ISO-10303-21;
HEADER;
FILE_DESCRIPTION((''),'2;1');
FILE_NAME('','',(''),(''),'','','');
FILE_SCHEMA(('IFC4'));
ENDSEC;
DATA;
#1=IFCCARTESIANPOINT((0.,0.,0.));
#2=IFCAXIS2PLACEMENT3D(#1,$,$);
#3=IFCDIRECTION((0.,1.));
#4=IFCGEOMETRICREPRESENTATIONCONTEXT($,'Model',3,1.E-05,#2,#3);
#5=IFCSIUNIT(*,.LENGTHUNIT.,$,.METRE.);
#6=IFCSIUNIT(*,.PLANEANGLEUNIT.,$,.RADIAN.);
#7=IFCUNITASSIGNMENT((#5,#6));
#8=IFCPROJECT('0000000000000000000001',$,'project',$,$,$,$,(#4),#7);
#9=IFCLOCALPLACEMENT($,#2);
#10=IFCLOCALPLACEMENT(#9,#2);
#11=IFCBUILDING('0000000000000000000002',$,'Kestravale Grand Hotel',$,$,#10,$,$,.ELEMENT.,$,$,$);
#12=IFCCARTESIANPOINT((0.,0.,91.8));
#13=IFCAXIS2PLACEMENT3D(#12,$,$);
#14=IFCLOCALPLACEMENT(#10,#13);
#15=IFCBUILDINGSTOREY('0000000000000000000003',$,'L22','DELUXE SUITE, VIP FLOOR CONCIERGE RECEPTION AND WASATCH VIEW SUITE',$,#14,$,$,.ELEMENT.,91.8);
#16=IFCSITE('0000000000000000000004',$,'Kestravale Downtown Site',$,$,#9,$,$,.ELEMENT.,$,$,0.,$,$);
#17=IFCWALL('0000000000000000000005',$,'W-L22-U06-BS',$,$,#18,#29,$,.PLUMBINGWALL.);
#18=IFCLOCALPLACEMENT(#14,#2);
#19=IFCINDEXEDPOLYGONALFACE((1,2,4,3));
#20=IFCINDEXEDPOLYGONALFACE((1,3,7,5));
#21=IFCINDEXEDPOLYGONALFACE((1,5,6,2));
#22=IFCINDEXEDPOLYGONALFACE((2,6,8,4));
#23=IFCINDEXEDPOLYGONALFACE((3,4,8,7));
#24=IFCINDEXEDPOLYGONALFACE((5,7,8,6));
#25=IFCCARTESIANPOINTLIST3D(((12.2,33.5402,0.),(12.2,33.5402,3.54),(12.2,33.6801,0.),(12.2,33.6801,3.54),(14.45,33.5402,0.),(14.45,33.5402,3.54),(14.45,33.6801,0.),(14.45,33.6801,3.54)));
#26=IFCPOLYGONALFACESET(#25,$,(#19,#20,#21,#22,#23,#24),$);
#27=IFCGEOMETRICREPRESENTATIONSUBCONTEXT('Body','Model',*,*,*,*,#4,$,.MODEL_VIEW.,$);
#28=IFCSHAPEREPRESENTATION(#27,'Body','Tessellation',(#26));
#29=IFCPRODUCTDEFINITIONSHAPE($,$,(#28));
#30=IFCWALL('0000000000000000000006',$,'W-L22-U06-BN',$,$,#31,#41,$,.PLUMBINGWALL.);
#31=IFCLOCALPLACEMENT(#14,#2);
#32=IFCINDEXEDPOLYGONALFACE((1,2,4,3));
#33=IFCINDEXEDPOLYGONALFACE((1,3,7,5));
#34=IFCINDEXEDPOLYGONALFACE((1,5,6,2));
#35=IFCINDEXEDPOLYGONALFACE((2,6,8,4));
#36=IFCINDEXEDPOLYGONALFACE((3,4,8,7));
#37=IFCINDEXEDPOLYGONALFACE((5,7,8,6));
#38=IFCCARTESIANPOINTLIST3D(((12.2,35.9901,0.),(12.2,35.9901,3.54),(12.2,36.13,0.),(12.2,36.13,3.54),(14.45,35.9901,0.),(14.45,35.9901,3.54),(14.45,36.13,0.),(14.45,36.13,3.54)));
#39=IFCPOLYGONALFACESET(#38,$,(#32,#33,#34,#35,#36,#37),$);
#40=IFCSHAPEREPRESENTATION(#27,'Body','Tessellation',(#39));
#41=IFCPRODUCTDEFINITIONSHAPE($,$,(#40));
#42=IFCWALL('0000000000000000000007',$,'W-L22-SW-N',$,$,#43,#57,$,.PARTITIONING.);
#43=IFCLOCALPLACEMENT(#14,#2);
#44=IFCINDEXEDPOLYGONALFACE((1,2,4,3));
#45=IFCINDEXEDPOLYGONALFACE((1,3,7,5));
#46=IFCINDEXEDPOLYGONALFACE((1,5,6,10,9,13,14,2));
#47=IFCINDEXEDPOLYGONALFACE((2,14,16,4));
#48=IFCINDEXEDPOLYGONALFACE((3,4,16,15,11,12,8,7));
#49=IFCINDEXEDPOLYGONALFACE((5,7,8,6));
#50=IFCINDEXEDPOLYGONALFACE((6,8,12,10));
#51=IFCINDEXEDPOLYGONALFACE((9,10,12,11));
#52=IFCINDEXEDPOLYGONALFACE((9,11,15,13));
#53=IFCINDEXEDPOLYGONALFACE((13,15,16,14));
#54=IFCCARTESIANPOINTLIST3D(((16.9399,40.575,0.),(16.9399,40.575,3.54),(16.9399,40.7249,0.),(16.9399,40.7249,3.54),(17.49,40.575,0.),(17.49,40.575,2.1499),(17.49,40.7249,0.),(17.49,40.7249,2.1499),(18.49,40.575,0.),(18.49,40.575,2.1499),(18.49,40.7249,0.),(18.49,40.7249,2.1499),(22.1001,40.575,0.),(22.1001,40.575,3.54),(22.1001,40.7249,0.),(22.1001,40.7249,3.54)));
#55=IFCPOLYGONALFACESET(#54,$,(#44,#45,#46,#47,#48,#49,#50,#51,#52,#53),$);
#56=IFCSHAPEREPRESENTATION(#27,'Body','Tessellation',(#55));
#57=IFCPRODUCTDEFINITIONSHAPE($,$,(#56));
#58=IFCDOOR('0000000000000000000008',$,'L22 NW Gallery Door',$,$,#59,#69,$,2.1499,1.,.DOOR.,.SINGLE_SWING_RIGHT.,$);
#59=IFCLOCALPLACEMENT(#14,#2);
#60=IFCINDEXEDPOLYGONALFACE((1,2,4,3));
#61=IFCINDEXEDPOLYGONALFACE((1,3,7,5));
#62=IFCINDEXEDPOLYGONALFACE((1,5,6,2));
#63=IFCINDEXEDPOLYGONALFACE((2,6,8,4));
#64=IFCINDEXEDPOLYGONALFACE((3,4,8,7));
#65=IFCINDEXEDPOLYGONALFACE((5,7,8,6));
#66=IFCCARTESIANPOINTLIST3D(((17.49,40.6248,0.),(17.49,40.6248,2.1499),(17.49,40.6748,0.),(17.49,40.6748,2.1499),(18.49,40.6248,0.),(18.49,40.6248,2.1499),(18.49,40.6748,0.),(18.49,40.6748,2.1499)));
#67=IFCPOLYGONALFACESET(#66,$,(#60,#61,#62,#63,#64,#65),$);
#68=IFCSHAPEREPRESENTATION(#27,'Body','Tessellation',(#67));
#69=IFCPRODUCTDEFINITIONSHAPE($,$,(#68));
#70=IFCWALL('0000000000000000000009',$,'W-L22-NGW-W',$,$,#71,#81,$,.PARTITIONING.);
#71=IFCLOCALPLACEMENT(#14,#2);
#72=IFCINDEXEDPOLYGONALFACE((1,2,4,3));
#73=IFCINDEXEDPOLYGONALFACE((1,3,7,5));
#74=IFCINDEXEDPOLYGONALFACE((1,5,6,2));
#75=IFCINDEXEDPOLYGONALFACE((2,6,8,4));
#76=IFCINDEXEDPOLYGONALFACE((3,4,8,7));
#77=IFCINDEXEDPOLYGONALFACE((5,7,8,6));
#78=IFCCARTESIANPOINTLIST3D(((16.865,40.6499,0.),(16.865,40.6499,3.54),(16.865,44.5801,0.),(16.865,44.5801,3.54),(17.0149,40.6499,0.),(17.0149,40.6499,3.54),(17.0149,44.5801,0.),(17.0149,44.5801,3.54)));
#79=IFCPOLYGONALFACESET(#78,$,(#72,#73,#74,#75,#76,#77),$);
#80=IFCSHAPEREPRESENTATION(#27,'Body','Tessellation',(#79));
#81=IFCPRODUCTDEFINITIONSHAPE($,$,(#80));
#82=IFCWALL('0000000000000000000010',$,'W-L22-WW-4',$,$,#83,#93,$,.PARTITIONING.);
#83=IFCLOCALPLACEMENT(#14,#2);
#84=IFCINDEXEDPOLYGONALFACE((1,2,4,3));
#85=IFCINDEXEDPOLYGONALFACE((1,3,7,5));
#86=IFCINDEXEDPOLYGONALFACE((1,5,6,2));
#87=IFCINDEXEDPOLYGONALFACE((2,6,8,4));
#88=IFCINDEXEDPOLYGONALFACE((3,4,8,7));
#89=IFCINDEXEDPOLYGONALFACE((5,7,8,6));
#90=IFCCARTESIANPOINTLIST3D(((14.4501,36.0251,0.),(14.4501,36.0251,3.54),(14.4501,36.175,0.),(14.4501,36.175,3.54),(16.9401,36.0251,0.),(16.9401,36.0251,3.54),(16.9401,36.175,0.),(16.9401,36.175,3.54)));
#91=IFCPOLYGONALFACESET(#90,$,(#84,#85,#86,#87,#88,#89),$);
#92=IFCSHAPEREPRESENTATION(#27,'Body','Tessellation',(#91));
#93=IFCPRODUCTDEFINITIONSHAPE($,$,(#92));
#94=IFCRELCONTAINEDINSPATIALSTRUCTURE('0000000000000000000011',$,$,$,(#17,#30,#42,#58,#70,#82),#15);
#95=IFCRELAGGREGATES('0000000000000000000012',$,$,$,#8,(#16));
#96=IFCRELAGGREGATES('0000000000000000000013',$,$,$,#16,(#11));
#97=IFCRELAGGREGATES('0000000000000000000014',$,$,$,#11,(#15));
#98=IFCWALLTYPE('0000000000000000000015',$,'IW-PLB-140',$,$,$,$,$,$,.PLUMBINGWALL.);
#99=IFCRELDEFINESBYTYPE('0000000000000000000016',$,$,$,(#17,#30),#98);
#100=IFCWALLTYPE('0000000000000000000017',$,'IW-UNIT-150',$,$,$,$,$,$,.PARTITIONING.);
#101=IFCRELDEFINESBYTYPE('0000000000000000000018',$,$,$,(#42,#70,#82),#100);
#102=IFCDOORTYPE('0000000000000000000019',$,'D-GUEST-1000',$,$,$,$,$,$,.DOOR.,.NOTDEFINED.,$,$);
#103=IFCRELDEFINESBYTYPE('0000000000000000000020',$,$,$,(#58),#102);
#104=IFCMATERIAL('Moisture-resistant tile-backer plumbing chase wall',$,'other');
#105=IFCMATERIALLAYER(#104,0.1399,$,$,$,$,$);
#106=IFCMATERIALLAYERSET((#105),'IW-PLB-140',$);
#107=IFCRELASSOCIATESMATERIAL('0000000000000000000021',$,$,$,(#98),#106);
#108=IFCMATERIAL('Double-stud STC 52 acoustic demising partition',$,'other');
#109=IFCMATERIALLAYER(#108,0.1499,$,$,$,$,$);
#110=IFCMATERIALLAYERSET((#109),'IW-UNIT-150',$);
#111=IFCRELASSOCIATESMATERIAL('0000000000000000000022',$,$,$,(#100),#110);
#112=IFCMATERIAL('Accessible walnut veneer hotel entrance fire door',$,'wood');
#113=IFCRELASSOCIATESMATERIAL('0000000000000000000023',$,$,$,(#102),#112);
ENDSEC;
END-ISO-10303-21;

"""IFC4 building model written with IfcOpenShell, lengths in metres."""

from ifc_helpers import new_model, si_unit, direction, frame, frame_2d, origin, place, context, subcontext, project, spatial, rectangle, extrude, material, layer, layer_set, type_object, element, fill, save


model = new_model("IFC4")

# Units and contexts
model_context = context("Model", 3, precision=1e-05, world=origin(), true_north=direction((0.0, 1.0)))
body_context = subcontext(model_context, "Body", "Model", "MODEL_VIEW")
ifc_project = project(units=[si_unit("LENGTHUNIT", "METRE"), si_unit("PLANEANGLEUNIT", "RADIAN")], contexts=[model_context])

# Site, building, storey
site_placement = place(None, origin())
site = spatial("IfcSite", under=ifc_project, at=site_placement, Name="Kestravale Downtown Site", CompositionType="ELEMENT", RefElevation=0.0)
building_placement = place(site_placement, origin())
building = spatial("IfcBuilding", under=site, at=building_placement, Name="Kestravale Grand Hotel", CompositionType="ELEMENT")
storey_placement = place(building_placement, frame((0.0, 0.0, 91.8)))
storey = spatial("IfcBuildingStorey", under=building, at=storey_placement, Name="L22", Description="DELUXE SUITE, VIP FLOOR CONCIERGE RECEPTION AND WASATCH VIEW SUITE", CompositionType="ELEMENT", Elevation=91.8)

# Shared definitions
ifc_material_1 = material(Name="Moisture-resistant tile-backer plumbing chase wall", Category="other")
ifc_layer_1 = layer(ifc_material_1, 0.1399)
ifc_layer_set_1 = layer_set([ifc_layer_1], Name="IW-PLB-140")
wall_type_1 = type_object("IfcWallType", Name="IW-PLB-140", PredefinedType="PLUMBINGWALL", material=ifc_layer_set_1)

# Walls
for number, where, z_axis, x_axis, name in (
    (1, (12.2, 33.6101, 0.0), (0.0, 0.0, 1.0), (1.0, 0.0, 0.0), "W-L22-U06-BS"),
    (2, (12.2, 36.0601, 0.0), (0.0, 0.0, 1.0), (1.0, 0.0, 0.0), "W-L22-U06-BN"),
):
    element("IfcWall", number, at=place(storey_placement, frame(where, z_axis=z_axis, x_axis=x_axis)), inside=storey, type_object=wall_type_1, Name=name, PredefinedType="PLUMBINGWALL", context=body_context, shape_type="SweptSolid", body=[
        extrude(rectangle(XDim=2.25, YDim=0.1399, at=frame_2d((1.125, 0.0))), origin(), (0.0, 0.0, 1.0), 3.54),
    ])

# Wall, opening, door
ifc_material_2 = material(Name="Double-stud STC 52 acoustic demising partition", Category="other")
ifc_layer_2 = layer(ifc_material_2, 0.1499)
ifc_layer_set_2 = layer_set([ifc_layer_2], Name="IW-UNIT-150")
wall_type_2 = type_object("IfcWallType", Name="IW-UNIT-150", PredefinedType="PARTITIONING", material=ifc_layer_set_2)
wall_1_placement = place(storey_placement, frame((16.9399, 40.6499, 0.0), z_axis=(0.0, 0.0, 1.0), x_axis=(1.0, 0.0, 0.0)))
wall_1 = element("IfcWall", 3, at=wall_1_placement, inside=storey, type_object=wall_type_2, Name="W-L22-SW-N", PredefinedType="PARTITIONING", context=body_context, shape_type="SweptSolid", body=[
    extrude(rectangle(XDim=5.1602, YDim=0.1499, at=frame_2d((2.5801, 0.0))), origin(), (0.0, 0.0, 1.0), 3.54),
])
opening_1_placement = place(wall_1_placement, frame((0.55, 0.0, 0.0)))
opening_1 = element("IfcOpeningElement", 4, at=opening_1_placement, cuts=wall_1, PredefinedType="OPENING", context=body_context, shape_type="SweptSolid", body=[
    extrude(rectangle(XDim=1.0, YDim=2.1499, at=frame_2d((0.5, 1.075))), frame((0.0, 0.085, 0.0), z_axis=(0.0, -1.0, 0.0), x_axis=(1.0, 0.0, 0.0)), (0.0, 0.0, 1.0), 0.1699),
])
ifc_material_3 = material(Name="Accessible walnut veneer hotel entrance fire door", Category="wood")
door_type_1 = type_object("IfcDoorType", Name="D-GUEST-1000", OperationType="NOTDEFINED", PredefinedType="DOOR", material=ifc_material_3)
door_1_placement = place(opening_1_placement, origin())
door_1 = element("IfcDoor", 5, at=door_1_placement, inside=storey, type_object=door_type_1, Name="L22 NW Gallery Door", OperationType="SINGLE_SWING_RIGHT", OverallHeight=2.1499, OverallWidth=1.0, PredefinedType="DOOR", context=body_context, shape_type="SweptSolid", body=[
    extrude(rectangle(XDim=1.0, YDim=2.1499, at=frame_2d((0.5, 1.075))), frame((0.0, 0.0249, 0.0), z_axis=(0.0, -1.0, 0.0), x_axis=(1.0, 0.0, 0.0)), (0.0, 0.0, 1.0), 0.05),
])
fill(opening_1, door_1)

# Walls
wall_2_placement = place(storey_placement, frame((16.9399, 40.6499, 0.0), z_axis=(0.0, 0.0, 1.0), x_axis=(0.0, 1.0, 0.0)))
element("IfcWall", 6, at=wall_2_placement, inside=storey, type_object=wall_type_2, Name="W-L22-NGW-W", PredefinedType="PARTITIONING", context=body_context, shape_type="SweptSolid", body=[
    extrude(rectangle(XDim=3.9302, YDim=0.1499, at=frame_2d((1.9651, 0.0))), origin(), (0.0, 0.0, 1.0), 3.54),
])
wall_3_placement = place(storey_placement, frame((14.45, 36.1001, 0.0), z_axis=(0.0, 0.0, 1.0), x_axis=(1.0, 0.0, 0.0)))
element("IfcWall", 7, at=wall_3_placement, inside=storey, type_object=wall_type_2, Name="W-L22-WW-4", PredefinedType="PARTITIONING", context=body_context, shape_type="SweptSolid", body=[
    extrude(rectangle(XDim=2.49, YDim=0.1499, at=frame_2d((1.2451, 0.0))), origin(), (0.0, 0.0, 1.0), 3.54),
])

save(model, "model.ifc")
